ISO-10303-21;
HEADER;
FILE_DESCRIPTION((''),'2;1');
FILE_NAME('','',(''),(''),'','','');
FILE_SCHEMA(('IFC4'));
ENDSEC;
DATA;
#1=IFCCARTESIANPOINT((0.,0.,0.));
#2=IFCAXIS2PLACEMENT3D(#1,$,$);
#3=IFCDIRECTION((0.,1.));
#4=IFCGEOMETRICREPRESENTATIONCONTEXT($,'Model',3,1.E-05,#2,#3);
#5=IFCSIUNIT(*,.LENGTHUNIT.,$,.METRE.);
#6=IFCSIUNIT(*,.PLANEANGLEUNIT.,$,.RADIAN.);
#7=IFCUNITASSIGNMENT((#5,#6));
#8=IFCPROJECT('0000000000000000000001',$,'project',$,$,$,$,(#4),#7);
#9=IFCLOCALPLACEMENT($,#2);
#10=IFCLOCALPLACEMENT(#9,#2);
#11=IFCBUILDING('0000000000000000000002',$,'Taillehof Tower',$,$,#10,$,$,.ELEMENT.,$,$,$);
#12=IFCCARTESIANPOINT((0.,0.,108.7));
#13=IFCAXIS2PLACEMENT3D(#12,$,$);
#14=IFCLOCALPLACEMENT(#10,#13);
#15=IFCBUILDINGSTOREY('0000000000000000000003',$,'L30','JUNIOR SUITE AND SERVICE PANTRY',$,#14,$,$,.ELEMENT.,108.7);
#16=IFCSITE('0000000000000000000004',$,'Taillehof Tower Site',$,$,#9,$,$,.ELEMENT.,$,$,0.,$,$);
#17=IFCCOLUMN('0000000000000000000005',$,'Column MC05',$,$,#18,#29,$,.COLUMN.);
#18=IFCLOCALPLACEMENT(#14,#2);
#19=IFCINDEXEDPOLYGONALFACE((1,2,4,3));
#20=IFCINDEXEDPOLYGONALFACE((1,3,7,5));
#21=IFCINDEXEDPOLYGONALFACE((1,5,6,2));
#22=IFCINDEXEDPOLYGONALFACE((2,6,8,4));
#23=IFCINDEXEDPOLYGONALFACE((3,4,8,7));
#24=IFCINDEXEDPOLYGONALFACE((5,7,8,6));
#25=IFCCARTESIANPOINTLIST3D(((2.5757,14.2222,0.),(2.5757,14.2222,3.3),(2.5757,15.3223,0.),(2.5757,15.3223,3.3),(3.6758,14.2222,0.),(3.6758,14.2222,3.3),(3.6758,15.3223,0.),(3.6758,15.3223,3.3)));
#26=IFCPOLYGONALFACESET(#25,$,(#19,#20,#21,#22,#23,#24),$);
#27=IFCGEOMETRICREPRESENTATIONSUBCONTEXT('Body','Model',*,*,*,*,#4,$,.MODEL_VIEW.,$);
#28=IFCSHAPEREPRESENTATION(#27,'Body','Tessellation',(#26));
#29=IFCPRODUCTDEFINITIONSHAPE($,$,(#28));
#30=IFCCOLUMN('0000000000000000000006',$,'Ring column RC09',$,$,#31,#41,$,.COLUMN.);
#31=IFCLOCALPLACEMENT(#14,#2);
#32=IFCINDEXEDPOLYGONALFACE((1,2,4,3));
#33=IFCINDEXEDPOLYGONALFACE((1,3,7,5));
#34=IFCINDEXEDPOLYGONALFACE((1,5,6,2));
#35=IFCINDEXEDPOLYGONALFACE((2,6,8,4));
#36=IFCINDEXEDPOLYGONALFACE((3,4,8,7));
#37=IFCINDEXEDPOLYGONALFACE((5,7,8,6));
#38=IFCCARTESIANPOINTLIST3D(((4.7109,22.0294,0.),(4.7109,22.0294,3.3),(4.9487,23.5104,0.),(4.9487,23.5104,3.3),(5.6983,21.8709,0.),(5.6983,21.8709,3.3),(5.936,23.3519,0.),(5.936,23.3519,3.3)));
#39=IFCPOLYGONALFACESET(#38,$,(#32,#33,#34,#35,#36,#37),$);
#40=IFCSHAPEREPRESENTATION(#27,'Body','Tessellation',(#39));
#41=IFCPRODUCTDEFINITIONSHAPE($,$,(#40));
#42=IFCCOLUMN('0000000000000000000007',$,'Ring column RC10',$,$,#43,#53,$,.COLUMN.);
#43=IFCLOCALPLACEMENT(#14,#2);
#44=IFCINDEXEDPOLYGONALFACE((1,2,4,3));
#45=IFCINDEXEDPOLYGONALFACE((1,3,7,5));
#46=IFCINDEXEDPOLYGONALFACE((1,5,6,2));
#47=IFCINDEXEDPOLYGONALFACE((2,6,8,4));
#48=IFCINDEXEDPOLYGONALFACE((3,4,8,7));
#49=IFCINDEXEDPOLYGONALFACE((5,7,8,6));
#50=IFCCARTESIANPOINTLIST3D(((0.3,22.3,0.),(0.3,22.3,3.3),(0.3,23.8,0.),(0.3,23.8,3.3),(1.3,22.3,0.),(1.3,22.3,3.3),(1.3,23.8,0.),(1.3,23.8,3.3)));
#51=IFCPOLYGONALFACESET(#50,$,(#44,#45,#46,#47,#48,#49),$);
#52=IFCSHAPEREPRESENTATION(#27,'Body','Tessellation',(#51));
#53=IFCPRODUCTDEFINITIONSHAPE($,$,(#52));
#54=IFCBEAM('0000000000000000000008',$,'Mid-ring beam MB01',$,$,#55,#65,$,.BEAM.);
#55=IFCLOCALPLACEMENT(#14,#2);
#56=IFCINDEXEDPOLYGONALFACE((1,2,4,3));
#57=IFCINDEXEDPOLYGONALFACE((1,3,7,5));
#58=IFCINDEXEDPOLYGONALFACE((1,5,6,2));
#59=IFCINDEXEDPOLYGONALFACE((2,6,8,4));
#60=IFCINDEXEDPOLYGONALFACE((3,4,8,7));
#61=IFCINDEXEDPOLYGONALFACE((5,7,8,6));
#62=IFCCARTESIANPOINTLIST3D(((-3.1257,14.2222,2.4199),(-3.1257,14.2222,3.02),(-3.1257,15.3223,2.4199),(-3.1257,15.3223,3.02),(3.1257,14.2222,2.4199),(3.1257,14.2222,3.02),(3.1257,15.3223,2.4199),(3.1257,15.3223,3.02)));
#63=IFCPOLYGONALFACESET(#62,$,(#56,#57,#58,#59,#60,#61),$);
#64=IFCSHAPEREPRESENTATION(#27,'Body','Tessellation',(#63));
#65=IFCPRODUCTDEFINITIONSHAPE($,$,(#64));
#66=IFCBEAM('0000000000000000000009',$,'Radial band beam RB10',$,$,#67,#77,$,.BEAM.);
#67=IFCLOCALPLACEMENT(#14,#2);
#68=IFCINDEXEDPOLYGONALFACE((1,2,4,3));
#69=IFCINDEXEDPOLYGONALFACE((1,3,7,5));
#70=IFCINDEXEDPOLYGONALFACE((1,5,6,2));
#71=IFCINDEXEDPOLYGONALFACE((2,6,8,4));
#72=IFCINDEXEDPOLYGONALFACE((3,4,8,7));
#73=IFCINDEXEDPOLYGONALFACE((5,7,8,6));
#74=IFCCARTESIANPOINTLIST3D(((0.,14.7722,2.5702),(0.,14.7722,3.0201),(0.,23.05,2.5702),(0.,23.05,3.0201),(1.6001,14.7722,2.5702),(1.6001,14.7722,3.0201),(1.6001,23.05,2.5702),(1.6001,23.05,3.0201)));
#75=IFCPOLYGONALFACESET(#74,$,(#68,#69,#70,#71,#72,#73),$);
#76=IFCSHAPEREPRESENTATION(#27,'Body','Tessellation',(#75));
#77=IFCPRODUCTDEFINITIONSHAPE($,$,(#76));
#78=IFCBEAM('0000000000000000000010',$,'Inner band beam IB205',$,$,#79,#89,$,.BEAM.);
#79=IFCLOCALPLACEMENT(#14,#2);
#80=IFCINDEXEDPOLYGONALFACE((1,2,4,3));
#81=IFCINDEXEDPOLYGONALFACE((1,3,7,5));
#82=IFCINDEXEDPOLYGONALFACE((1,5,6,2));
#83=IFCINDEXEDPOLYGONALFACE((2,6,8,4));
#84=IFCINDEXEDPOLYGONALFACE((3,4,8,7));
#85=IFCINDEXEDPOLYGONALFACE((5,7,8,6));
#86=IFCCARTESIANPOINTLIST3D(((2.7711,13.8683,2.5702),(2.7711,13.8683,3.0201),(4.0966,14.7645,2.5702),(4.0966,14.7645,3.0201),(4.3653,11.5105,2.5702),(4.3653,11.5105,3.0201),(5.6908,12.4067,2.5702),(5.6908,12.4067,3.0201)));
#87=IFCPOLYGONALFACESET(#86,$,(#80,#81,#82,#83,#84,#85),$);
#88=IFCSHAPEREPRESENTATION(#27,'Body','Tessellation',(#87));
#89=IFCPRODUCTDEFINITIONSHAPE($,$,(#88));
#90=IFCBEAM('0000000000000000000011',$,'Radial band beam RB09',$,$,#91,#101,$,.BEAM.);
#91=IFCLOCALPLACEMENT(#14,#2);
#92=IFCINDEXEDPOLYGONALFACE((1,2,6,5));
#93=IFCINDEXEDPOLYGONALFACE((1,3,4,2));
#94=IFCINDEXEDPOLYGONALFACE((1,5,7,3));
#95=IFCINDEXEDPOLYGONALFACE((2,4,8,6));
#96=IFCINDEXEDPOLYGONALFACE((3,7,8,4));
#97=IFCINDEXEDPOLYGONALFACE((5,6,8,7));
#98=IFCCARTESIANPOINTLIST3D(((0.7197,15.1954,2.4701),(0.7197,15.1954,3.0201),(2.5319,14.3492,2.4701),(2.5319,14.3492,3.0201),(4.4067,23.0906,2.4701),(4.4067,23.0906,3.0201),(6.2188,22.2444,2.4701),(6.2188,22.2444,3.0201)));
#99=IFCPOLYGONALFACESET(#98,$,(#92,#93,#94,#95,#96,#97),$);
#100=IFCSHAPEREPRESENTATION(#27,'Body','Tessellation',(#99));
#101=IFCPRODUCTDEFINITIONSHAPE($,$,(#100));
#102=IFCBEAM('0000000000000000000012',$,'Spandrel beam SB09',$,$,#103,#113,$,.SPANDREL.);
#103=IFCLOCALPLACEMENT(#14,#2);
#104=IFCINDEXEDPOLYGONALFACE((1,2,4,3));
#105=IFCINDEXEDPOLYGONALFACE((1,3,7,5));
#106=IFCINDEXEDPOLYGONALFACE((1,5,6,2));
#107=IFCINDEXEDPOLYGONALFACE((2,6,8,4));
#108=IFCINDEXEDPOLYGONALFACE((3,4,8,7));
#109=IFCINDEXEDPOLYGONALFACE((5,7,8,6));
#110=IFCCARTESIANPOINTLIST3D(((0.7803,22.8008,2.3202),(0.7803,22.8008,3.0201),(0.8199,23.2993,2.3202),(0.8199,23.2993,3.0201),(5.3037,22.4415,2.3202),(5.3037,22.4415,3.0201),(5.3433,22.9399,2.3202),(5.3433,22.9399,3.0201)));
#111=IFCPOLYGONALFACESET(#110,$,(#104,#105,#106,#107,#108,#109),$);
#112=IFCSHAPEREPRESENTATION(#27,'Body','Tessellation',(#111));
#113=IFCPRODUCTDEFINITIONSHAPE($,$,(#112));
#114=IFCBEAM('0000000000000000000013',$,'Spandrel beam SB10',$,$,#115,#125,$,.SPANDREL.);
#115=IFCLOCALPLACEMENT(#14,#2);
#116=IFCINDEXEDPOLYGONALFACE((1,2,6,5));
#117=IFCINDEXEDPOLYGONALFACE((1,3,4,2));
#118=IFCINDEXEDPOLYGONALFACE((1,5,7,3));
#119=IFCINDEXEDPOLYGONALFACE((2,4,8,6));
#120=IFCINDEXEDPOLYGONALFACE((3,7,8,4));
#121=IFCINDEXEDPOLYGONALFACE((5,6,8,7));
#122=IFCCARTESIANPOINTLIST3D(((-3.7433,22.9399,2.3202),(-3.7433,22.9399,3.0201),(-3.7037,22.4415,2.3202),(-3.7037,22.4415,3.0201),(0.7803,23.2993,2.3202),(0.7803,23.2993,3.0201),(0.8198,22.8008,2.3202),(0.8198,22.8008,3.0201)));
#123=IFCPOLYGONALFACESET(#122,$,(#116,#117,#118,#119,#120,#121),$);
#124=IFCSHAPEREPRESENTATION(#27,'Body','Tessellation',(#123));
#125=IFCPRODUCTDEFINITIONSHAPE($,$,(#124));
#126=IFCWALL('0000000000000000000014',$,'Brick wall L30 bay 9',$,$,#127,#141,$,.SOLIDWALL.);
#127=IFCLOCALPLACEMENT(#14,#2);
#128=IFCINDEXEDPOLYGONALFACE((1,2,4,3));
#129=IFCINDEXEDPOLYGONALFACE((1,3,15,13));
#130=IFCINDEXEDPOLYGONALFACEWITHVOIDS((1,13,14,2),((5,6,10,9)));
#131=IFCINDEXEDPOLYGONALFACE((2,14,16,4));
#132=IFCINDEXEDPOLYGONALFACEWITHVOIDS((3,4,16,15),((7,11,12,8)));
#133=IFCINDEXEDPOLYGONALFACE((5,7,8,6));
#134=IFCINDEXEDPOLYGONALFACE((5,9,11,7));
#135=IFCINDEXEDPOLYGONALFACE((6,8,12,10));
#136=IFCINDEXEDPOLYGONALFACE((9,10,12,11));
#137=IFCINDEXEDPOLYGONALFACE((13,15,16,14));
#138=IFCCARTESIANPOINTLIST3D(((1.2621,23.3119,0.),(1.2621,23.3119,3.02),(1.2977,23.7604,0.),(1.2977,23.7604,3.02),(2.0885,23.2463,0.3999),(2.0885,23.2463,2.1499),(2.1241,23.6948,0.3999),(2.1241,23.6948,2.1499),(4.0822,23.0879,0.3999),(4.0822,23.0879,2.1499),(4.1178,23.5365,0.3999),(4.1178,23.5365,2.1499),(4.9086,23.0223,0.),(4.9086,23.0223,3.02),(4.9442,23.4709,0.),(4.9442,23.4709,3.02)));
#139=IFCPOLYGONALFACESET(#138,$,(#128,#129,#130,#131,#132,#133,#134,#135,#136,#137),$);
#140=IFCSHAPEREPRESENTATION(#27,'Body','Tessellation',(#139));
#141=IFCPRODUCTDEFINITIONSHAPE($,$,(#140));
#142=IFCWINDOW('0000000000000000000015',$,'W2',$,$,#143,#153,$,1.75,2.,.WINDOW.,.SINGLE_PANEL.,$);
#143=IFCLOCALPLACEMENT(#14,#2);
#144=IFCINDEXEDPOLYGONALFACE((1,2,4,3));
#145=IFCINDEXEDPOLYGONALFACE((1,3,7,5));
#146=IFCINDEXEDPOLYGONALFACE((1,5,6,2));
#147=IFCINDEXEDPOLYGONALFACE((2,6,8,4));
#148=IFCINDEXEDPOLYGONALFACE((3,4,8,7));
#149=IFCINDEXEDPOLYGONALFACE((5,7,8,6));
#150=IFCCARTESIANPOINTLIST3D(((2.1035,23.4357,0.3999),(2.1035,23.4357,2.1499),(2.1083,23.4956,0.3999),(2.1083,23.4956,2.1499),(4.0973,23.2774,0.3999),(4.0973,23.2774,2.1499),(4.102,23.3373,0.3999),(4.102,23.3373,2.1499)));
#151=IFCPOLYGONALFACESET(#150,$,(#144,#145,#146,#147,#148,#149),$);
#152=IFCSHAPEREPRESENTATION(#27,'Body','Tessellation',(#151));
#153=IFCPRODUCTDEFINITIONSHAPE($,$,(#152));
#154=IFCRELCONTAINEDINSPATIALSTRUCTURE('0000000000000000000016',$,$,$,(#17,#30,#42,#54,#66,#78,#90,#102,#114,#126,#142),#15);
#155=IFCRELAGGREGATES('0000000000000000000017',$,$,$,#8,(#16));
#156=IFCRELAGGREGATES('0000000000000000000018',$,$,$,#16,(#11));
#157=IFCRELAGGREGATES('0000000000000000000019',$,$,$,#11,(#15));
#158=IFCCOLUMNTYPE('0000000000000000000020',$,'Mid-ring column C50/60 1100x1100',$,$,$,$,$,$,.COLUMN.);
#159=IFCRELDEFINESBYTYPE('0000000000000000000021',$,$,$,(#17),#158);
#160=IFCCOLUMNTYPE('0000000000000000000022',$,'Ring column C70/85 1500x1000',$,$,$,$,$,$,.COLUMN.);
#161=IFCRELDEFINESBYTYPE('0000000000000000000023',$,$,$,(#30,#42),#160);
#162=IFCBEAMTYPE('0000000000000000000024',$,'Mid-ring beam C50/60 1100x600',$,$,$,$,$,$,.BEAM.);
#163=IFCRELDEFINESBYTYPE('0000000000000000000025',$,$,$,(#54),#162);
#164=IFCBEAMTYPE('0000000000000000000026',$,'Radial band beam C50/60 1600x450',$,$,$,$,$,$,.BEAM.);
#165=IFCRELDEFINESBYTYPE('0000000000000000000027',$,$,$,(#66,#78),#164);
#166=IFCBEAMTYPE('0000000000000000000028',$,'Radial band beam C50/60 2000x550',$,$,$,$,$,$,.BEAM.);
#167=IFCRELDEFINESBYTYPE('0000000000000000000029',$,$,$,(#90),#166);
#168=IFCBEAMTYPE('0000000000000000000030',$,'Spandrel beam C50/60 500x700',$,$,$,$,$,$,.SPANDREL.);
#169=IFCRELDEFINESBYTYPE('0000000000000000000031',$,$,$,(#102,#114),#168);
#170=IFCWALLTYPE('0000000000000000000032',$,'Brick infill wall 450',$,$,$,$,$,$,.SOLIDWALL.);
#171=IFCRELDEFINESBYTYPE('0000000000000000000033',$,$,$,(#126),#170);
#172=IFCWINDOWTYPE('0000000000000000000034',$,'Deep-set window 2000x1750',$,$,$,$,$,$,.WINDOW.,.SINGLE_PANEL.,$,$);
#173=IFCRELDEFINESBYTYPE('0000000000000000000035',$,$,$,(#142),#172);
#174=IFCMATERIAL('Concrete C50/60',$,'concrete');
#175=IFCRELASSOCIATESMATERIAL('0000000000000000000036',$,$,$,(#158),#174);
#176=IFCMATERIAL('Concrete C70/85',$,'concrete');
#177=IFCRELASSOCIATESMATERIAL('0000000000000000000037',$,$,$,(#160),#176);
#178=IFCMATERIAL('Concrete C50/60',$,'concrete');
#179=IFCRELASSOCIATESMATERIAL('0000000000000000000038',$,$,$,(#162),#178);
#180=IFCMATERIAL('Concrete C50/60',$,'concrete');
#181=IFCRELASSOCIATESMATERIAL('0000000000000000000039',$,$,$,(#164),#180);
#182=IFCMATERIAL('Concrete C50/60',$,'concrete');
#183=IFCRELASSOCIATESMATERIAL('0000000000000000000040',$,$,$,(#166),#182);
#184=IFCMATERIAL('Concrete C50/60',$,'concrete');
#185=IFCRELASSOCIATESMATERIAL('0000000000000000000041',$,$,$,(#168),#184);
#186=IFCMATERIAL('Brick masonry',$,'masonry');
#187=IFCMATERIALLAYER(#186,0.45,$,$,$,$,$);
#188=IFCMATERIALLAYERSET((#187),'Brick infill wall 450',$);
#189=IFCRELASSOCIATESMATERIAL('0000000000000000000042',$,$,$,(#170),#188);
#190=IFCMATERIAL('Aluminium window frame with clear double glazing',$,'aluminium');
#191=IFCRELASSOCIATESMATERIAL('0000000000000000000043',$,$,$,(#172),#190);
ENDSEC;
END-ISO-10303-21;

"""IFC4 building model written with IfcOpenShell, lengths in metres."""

from ifc_helpers import new_model, si_unit, direction, frame, frame_2d, origin, origin_2d, place, context, subcontext, project, spatial, rectangle, extrude, material, layer, layer_set, material_profile, profile_set, type_object, element, fill, save


model = new_model("IFC4")

# Units and contexts
model_context = context("Model", 3, precision=1e-05, world=origin(), true_north=direction((0.0, 1.0)))
body_context = subcontext(model_context, "Body", "Model", "MODEL_VIEW")
ifc_project = project(units=[si_unit("LENGTHUNIT", "METRE"), si_unit("PLANEANGLEUNIT", "RADIAN")], contexts=[model_context])

# Site, building, storey
site_placement = place(None, origin())
site = spatial("IfcSite", under=ifc_project, at=site_placement, Name="Taillehof Tower Site", CompositionType="ELEMENT", RefElevation=0.0)
building_placement = place(site_placement, origin())
building = spatial("IfcBuilding", under=site, at=building_placement, Name="Taillehof Tower", CompositionType="ELEMENT")
storey_placement = place(building_placement, frame((0.0, 0.0, 108.7)))
storey = spatial("IfcBuildingStorey", under=building, at=storey_placement, Name="L30", Description="JUNIOR SUITE AND SERVICE PANTRY", CompositionType="ELEMENT", Elevation=108.7)

# Columns
ifc_material_1 = material(Name="Concrete C50/60", Category="concrete")
ifc_material_profile_1 = material_profile(ifc_material_1, rectangle(XDim=1.1001, YDim=1.1001, at=origin_2d()), Name="RC 1100x1100")
ifc_profile_set_1 = profile_set([ifc_material_profile_1], Name="Concrete C50/60")
column_type_1 = type_object("IfcColumnType", Name="Mid-ring column C50/60 1100x1100", PredefinedType="COLUMN", material=ifc_profile_set_1)
column_placement = place(storey_placement, frame((3.1257, 14.7722, 0.0), z_axis=(0.0, 0.0, 1.0), x_axis=(1.0, 0.0, 0.0)))
element("IfcColumn", 1, at=column_placement, inside=storey, type_object=column_type_1, Name="Column MC05", PredefinedType="COLUMN", context=body_context, shape_type="SweptSolid", body=[
    extrude(rectangle(XDim=1.1001, YDim=1.1001, at=origin_2d()), origin(), (0.0, 0.0, 1.0), 3.3),
])
ifc_material_2 = material(Name="Concrete C70/85", Category="concrete")
ifc_material_profile_2 = material_profile(ifc_material_2, rectangle(XDim=1.5, YDim=1.0, at=origin_2d()), Name="RC 1500x1000")
ifc_profile_set_2 = profile_set([ifc_material_profile_2], Name="Concrete C70/85")
column_type_2 = type_object("IfcColumnType", Name="Ring column C70/85 1500x1000", PredefinedType="COLUMN", material=ifc_profile_set_2)
for number, where, z_axis, x_axis, name in (
    (2, (5.3235, 22.6907, 0.0), (0.0, 0.0, 1.0), (0.158507, 0.987358, 0.0), "Ring column RC09"),
    (3, (0.8, 23.05, 0.0), (0.0, 0.0, 1.0), (0.0, 1.0, 0.0), "Ring column RC10"),
):
    element("IfcColumn", number, at=place(storey_placement, frame(where, z_axis=z_axis, x_axis=x_axis)), inside=storey, type_object=column_type_2, Name=name, PredefinedType="COLUMN", context=body_context, shape_type="SweptSolid", body=[
        extrude(rectangle(XDim=1.5, YDim=1.0, at=origin_2d()), origin(), (0.0, 0.0, 1.0), 3.3),
    ])

# Beams
ifc_material_3 = material(Name="Concrete C50/60", Category="concrete")
ifc_material_profile_3 = material_profile(ifc_material_3, rectangle(XDim=1.1001, YDim=0.6001, at=origin_2d()), Name="RC 1100x600")
ifc_profile_set_3 = profile_set([ifc_material_profile_3], Name="Concrete C50/60")
beam_type_1 = type_object("IfcBeamType", Name="Mid-ring beam C50/60 1100x600", PredefinedType="BEAM", material=ifc_profile_set_3)
beam_1_placement = place(storey_placement, frame((3.1257, 14.7722, 2.72), z_axis=(-1.0, 0.0, 0.0), x_axis=(0.0, -1.0, 0.0)))
element("IfcBeam", 4, at=beam_1_placement, inside=storey, type_object=beam_type_1, Name="Mid-ring beam MB01", PredefinedType="BEAM", context=body_context, shape_type="SweptSolid", body=[
    extrude(rectangle(XDim=1.1001, YDim=0.6001, at=origin_2d()), origin(), (0.0, 0.0, 1.0), 6.2515),
])
ifc_material_4 = material(Name="Concrete C50/60", Category="concrete")
ifc_material_profile_4 = material_profile(ifc_material_4, rectangle(XDim=1.6001, YDim=0.45, at=origin_2d()), Name="RC 1600x450")
ifc_profile_set_4 = profile_set([ifc_material_profile_4], Name="Concrete C50/60")
beam_type_2 = type_object("IfcBeamType", Name="Radial band beam C50/60 1600x450", PredefinedType="BEAM", material=ifc_profile_set_4)
beam_2_placement = place(storey_placement, frame((0.8, 23.05, 2.7952), z_axis=(0.0, -1.0, 0.0), x_axis=(1.0, 0.0, 0.0)))
element("IfcBeam", 5, at=beam_2_placement, inside=storey, type_object=beam_type_2, Name="Radial band beam RB10", PredefinedType="BEAM", context=body_context, shape_type="SweptSolid", body=[
    extrude(rectangle(XDim=1.6001, YDim=0.45, at=origin_2d()), origin(), (0.0, 0.0, 1.0), 8.2778),
])
beam_3_placement = place(storey_placement, frame((3.4338, 14.3164, 2.7952), z_axis=(0.560112, -0.828417, 0.0), x_axis=(0.828417, 0.560112, 0.0)))
element("IfcBeam", 6, at=beam_3_placement, inside=storey, type_object=beam_type_2, Name="Inner band beam IB205", PredefinedType="BEAM", context=body_context, shape_type="SweptSolid", body=[
    extrude(rectangle(XDim=1.6001, YDim=0.45, at=origin_2d()), origin(), (0.0, 0.0, 1.0), 2.8462),
])
ifc_material_5 = material(Name="Concrete C50/60", Category="concrete")
ifc_material_profile_5 = material_profile(ifc_material_5, rectangle(XDim=2.0, YDim=0.55, at=origin_2d()), Name="RC 2000x550")
ifc_profile_set_5 = profile_set([ifc_material_profile_5], Name="Concrete C50/60")
beam_type_3 = type_object("IfcBeamType", Name="Radial band beam C50/60 2000x550", PredefinedType="BEAM", material=ifc_profile_set_5)
beam_4_placement = place(storey_placement, frame((5.3127, 22.6675, 2.7451), z_axis=(-0.423126, -0.906071, 0.0), x_axis=(0.906071, -0.423126, 0.0)))
element("IfcBeam", 7, at=beam_4_placement, inside=storey, type_object=beam_type_3, Name="Radial band beam RB09", PredefinedType="BEAM", context=body_context, shape_type="SweptSolid", body=[
    extrude(rectangle(XDim=2.0, YDim=0.55, at=origin_2d()), origin(), (0.0, 0.0, 1.0), 8.7136),
])
ifc_material_6 = material(Name="Concrete C50/60", Category="concrete")
ifc_material_profile_6 = material_profile(ifc_material_6, rectangle(XDim=0.5, YDim=0.7, at=origin_2d()), Name="RC 500x700")
ifc_profile_set_6 = profile_set([ifc_material_profile_6], Name="Concrete C50/60")
beam_type_4 = type_object("IfcBeamType", Name="Spandrel beam C50/60 500x700", PredefinedType="SPANDREL", material=ifc_profile_set_6)
beam_5_placement = place(storey_placement, frame((5.3235, 22.6907, 2.6702), z_axis=(-0.996859, 0.079198, 0.0), x_axis=(-0.079198, -0.996859, 0.0)))
element("IfcBeam", 8, at=beam_5_placement, inside=storey, type_object=beam_type_4, Name="Spandrel beam SB09", PredefinedType="SPANDREL", context=body_context, shape_type="SweptSolid", body=[
    extrude(rectangle(XDim=0.5, YDim=0.7, at=origin_2d()), origin(), (0.0, 0.0, 1.0), 4.5376),
])
beam_6_placement = place(storey_placement, frame((0.8, 23.05, 2.6702), z_axis=(-0.996859, -0.079194, 0.0), x_axis=(0.079194, -0.996859, 0.0)))
element("IfcBeam", 9, at=beam_6_placement, inside=storey, type_object=beam_type_4, Name="Spandrel beam SB10", PredefinedType="SPANDREL", context=body_context, shape_type="SweptSolid", body=[
    extrude(rectangle(XDim=0.5, YDim=0.7, at=origin_2d()), origin(), (0.0, 0.0, 1.0), 4.5378),
])

# Wall, opening, window
ifc_material_7 = material(Name="Brick masonry", Category="masonry")
ifc_layer_1 = layer(ifc_material_7, 0.45)
ifc_layer_set_1 = layer_set([ifc_layer_1], Name="Brick infill wall 450")
wall_type_1 = type_object("IfcWallType", Name="Brick infill wall 450", PredefinedType="SOLIDWALL", material=ifc_layer_set_1)
wall_1_placement = place(storey_placement, frame((4.9265, 23.2466, 0.0), z_axis=(0.0, 0.0, 1.0), x_axis=(-0.996862, 0.079156, 0.0)))
wall_1 = element("IfcWall", 10, at=wall_1_placement, inside=storey, type_object=wall_type_1, Name="Brick wall L30 bay 9", PredefinedType="SOLIDWALL", context=body_context, shape_type="SweptSolid", body=[
    extrude(rectangle(XDim=3.658, YDim=0.45, at=frame_2d((1.8291, 0.0))), origin(), (0.0, 0.0, 1.0), 3.02),
])
opening_1_placement = place(wall_1_placement, frame((0.8291, 0.0, 0.3999)))
opening_1 = element("IfcOpeningElement", 11, at=opening_1_placement, cuts=wall_1, PredefinedType="OPENING", context=body_context, shape_type="SweptSolid", body=[
    extrude(rectangle(XDim=2.0, YDim=1.75, at=frame_2d((1.0, 0.875))), frame((0.0, 0.2349, 0.0), z_axis=(0.0, -1.0, 0.0), x_axis=(1.0, 0.0, 0.0)), (0.0, 0.0, 1.0), 0.47),
])
ifc_material_8 = material(Name="Aluminium window frame with clear double glazing", Category="aluminium")
window_type = type_object("IfcWindowType", Name="Deep-set window 2000x1750", PartitioningType="SINGLE_PANEL", PredefinedType="WINDOW", material=ifc_material_8)
window_1_placement = place(opening_1_placement, origin())
window_1 = element("IfcWindow", 12, at=window_1_placement, inside=storey, type_object=window_type, Name="W2", OverallHeight=1.75, OverallWidth=2.0, PartitioningType="SINGLE_PANEL", PredefinedType="WINDOW", context=body_context, shape_type="SweptSolid", body=[
    extrude(rectangle(XDim=2.0, YDim=1.75, at=frame_2d((1.0, 0.875))), frame((0.0, 0.0349, 0.0), z_axis=(0.0, -1.0, 0.0), x_axis=(1.0, 0.0, 0.0)), (0.0, 0.0, 1.0), 0.0601),
])
fill(opening_1, window_1)

save(model, "model.ifc")
